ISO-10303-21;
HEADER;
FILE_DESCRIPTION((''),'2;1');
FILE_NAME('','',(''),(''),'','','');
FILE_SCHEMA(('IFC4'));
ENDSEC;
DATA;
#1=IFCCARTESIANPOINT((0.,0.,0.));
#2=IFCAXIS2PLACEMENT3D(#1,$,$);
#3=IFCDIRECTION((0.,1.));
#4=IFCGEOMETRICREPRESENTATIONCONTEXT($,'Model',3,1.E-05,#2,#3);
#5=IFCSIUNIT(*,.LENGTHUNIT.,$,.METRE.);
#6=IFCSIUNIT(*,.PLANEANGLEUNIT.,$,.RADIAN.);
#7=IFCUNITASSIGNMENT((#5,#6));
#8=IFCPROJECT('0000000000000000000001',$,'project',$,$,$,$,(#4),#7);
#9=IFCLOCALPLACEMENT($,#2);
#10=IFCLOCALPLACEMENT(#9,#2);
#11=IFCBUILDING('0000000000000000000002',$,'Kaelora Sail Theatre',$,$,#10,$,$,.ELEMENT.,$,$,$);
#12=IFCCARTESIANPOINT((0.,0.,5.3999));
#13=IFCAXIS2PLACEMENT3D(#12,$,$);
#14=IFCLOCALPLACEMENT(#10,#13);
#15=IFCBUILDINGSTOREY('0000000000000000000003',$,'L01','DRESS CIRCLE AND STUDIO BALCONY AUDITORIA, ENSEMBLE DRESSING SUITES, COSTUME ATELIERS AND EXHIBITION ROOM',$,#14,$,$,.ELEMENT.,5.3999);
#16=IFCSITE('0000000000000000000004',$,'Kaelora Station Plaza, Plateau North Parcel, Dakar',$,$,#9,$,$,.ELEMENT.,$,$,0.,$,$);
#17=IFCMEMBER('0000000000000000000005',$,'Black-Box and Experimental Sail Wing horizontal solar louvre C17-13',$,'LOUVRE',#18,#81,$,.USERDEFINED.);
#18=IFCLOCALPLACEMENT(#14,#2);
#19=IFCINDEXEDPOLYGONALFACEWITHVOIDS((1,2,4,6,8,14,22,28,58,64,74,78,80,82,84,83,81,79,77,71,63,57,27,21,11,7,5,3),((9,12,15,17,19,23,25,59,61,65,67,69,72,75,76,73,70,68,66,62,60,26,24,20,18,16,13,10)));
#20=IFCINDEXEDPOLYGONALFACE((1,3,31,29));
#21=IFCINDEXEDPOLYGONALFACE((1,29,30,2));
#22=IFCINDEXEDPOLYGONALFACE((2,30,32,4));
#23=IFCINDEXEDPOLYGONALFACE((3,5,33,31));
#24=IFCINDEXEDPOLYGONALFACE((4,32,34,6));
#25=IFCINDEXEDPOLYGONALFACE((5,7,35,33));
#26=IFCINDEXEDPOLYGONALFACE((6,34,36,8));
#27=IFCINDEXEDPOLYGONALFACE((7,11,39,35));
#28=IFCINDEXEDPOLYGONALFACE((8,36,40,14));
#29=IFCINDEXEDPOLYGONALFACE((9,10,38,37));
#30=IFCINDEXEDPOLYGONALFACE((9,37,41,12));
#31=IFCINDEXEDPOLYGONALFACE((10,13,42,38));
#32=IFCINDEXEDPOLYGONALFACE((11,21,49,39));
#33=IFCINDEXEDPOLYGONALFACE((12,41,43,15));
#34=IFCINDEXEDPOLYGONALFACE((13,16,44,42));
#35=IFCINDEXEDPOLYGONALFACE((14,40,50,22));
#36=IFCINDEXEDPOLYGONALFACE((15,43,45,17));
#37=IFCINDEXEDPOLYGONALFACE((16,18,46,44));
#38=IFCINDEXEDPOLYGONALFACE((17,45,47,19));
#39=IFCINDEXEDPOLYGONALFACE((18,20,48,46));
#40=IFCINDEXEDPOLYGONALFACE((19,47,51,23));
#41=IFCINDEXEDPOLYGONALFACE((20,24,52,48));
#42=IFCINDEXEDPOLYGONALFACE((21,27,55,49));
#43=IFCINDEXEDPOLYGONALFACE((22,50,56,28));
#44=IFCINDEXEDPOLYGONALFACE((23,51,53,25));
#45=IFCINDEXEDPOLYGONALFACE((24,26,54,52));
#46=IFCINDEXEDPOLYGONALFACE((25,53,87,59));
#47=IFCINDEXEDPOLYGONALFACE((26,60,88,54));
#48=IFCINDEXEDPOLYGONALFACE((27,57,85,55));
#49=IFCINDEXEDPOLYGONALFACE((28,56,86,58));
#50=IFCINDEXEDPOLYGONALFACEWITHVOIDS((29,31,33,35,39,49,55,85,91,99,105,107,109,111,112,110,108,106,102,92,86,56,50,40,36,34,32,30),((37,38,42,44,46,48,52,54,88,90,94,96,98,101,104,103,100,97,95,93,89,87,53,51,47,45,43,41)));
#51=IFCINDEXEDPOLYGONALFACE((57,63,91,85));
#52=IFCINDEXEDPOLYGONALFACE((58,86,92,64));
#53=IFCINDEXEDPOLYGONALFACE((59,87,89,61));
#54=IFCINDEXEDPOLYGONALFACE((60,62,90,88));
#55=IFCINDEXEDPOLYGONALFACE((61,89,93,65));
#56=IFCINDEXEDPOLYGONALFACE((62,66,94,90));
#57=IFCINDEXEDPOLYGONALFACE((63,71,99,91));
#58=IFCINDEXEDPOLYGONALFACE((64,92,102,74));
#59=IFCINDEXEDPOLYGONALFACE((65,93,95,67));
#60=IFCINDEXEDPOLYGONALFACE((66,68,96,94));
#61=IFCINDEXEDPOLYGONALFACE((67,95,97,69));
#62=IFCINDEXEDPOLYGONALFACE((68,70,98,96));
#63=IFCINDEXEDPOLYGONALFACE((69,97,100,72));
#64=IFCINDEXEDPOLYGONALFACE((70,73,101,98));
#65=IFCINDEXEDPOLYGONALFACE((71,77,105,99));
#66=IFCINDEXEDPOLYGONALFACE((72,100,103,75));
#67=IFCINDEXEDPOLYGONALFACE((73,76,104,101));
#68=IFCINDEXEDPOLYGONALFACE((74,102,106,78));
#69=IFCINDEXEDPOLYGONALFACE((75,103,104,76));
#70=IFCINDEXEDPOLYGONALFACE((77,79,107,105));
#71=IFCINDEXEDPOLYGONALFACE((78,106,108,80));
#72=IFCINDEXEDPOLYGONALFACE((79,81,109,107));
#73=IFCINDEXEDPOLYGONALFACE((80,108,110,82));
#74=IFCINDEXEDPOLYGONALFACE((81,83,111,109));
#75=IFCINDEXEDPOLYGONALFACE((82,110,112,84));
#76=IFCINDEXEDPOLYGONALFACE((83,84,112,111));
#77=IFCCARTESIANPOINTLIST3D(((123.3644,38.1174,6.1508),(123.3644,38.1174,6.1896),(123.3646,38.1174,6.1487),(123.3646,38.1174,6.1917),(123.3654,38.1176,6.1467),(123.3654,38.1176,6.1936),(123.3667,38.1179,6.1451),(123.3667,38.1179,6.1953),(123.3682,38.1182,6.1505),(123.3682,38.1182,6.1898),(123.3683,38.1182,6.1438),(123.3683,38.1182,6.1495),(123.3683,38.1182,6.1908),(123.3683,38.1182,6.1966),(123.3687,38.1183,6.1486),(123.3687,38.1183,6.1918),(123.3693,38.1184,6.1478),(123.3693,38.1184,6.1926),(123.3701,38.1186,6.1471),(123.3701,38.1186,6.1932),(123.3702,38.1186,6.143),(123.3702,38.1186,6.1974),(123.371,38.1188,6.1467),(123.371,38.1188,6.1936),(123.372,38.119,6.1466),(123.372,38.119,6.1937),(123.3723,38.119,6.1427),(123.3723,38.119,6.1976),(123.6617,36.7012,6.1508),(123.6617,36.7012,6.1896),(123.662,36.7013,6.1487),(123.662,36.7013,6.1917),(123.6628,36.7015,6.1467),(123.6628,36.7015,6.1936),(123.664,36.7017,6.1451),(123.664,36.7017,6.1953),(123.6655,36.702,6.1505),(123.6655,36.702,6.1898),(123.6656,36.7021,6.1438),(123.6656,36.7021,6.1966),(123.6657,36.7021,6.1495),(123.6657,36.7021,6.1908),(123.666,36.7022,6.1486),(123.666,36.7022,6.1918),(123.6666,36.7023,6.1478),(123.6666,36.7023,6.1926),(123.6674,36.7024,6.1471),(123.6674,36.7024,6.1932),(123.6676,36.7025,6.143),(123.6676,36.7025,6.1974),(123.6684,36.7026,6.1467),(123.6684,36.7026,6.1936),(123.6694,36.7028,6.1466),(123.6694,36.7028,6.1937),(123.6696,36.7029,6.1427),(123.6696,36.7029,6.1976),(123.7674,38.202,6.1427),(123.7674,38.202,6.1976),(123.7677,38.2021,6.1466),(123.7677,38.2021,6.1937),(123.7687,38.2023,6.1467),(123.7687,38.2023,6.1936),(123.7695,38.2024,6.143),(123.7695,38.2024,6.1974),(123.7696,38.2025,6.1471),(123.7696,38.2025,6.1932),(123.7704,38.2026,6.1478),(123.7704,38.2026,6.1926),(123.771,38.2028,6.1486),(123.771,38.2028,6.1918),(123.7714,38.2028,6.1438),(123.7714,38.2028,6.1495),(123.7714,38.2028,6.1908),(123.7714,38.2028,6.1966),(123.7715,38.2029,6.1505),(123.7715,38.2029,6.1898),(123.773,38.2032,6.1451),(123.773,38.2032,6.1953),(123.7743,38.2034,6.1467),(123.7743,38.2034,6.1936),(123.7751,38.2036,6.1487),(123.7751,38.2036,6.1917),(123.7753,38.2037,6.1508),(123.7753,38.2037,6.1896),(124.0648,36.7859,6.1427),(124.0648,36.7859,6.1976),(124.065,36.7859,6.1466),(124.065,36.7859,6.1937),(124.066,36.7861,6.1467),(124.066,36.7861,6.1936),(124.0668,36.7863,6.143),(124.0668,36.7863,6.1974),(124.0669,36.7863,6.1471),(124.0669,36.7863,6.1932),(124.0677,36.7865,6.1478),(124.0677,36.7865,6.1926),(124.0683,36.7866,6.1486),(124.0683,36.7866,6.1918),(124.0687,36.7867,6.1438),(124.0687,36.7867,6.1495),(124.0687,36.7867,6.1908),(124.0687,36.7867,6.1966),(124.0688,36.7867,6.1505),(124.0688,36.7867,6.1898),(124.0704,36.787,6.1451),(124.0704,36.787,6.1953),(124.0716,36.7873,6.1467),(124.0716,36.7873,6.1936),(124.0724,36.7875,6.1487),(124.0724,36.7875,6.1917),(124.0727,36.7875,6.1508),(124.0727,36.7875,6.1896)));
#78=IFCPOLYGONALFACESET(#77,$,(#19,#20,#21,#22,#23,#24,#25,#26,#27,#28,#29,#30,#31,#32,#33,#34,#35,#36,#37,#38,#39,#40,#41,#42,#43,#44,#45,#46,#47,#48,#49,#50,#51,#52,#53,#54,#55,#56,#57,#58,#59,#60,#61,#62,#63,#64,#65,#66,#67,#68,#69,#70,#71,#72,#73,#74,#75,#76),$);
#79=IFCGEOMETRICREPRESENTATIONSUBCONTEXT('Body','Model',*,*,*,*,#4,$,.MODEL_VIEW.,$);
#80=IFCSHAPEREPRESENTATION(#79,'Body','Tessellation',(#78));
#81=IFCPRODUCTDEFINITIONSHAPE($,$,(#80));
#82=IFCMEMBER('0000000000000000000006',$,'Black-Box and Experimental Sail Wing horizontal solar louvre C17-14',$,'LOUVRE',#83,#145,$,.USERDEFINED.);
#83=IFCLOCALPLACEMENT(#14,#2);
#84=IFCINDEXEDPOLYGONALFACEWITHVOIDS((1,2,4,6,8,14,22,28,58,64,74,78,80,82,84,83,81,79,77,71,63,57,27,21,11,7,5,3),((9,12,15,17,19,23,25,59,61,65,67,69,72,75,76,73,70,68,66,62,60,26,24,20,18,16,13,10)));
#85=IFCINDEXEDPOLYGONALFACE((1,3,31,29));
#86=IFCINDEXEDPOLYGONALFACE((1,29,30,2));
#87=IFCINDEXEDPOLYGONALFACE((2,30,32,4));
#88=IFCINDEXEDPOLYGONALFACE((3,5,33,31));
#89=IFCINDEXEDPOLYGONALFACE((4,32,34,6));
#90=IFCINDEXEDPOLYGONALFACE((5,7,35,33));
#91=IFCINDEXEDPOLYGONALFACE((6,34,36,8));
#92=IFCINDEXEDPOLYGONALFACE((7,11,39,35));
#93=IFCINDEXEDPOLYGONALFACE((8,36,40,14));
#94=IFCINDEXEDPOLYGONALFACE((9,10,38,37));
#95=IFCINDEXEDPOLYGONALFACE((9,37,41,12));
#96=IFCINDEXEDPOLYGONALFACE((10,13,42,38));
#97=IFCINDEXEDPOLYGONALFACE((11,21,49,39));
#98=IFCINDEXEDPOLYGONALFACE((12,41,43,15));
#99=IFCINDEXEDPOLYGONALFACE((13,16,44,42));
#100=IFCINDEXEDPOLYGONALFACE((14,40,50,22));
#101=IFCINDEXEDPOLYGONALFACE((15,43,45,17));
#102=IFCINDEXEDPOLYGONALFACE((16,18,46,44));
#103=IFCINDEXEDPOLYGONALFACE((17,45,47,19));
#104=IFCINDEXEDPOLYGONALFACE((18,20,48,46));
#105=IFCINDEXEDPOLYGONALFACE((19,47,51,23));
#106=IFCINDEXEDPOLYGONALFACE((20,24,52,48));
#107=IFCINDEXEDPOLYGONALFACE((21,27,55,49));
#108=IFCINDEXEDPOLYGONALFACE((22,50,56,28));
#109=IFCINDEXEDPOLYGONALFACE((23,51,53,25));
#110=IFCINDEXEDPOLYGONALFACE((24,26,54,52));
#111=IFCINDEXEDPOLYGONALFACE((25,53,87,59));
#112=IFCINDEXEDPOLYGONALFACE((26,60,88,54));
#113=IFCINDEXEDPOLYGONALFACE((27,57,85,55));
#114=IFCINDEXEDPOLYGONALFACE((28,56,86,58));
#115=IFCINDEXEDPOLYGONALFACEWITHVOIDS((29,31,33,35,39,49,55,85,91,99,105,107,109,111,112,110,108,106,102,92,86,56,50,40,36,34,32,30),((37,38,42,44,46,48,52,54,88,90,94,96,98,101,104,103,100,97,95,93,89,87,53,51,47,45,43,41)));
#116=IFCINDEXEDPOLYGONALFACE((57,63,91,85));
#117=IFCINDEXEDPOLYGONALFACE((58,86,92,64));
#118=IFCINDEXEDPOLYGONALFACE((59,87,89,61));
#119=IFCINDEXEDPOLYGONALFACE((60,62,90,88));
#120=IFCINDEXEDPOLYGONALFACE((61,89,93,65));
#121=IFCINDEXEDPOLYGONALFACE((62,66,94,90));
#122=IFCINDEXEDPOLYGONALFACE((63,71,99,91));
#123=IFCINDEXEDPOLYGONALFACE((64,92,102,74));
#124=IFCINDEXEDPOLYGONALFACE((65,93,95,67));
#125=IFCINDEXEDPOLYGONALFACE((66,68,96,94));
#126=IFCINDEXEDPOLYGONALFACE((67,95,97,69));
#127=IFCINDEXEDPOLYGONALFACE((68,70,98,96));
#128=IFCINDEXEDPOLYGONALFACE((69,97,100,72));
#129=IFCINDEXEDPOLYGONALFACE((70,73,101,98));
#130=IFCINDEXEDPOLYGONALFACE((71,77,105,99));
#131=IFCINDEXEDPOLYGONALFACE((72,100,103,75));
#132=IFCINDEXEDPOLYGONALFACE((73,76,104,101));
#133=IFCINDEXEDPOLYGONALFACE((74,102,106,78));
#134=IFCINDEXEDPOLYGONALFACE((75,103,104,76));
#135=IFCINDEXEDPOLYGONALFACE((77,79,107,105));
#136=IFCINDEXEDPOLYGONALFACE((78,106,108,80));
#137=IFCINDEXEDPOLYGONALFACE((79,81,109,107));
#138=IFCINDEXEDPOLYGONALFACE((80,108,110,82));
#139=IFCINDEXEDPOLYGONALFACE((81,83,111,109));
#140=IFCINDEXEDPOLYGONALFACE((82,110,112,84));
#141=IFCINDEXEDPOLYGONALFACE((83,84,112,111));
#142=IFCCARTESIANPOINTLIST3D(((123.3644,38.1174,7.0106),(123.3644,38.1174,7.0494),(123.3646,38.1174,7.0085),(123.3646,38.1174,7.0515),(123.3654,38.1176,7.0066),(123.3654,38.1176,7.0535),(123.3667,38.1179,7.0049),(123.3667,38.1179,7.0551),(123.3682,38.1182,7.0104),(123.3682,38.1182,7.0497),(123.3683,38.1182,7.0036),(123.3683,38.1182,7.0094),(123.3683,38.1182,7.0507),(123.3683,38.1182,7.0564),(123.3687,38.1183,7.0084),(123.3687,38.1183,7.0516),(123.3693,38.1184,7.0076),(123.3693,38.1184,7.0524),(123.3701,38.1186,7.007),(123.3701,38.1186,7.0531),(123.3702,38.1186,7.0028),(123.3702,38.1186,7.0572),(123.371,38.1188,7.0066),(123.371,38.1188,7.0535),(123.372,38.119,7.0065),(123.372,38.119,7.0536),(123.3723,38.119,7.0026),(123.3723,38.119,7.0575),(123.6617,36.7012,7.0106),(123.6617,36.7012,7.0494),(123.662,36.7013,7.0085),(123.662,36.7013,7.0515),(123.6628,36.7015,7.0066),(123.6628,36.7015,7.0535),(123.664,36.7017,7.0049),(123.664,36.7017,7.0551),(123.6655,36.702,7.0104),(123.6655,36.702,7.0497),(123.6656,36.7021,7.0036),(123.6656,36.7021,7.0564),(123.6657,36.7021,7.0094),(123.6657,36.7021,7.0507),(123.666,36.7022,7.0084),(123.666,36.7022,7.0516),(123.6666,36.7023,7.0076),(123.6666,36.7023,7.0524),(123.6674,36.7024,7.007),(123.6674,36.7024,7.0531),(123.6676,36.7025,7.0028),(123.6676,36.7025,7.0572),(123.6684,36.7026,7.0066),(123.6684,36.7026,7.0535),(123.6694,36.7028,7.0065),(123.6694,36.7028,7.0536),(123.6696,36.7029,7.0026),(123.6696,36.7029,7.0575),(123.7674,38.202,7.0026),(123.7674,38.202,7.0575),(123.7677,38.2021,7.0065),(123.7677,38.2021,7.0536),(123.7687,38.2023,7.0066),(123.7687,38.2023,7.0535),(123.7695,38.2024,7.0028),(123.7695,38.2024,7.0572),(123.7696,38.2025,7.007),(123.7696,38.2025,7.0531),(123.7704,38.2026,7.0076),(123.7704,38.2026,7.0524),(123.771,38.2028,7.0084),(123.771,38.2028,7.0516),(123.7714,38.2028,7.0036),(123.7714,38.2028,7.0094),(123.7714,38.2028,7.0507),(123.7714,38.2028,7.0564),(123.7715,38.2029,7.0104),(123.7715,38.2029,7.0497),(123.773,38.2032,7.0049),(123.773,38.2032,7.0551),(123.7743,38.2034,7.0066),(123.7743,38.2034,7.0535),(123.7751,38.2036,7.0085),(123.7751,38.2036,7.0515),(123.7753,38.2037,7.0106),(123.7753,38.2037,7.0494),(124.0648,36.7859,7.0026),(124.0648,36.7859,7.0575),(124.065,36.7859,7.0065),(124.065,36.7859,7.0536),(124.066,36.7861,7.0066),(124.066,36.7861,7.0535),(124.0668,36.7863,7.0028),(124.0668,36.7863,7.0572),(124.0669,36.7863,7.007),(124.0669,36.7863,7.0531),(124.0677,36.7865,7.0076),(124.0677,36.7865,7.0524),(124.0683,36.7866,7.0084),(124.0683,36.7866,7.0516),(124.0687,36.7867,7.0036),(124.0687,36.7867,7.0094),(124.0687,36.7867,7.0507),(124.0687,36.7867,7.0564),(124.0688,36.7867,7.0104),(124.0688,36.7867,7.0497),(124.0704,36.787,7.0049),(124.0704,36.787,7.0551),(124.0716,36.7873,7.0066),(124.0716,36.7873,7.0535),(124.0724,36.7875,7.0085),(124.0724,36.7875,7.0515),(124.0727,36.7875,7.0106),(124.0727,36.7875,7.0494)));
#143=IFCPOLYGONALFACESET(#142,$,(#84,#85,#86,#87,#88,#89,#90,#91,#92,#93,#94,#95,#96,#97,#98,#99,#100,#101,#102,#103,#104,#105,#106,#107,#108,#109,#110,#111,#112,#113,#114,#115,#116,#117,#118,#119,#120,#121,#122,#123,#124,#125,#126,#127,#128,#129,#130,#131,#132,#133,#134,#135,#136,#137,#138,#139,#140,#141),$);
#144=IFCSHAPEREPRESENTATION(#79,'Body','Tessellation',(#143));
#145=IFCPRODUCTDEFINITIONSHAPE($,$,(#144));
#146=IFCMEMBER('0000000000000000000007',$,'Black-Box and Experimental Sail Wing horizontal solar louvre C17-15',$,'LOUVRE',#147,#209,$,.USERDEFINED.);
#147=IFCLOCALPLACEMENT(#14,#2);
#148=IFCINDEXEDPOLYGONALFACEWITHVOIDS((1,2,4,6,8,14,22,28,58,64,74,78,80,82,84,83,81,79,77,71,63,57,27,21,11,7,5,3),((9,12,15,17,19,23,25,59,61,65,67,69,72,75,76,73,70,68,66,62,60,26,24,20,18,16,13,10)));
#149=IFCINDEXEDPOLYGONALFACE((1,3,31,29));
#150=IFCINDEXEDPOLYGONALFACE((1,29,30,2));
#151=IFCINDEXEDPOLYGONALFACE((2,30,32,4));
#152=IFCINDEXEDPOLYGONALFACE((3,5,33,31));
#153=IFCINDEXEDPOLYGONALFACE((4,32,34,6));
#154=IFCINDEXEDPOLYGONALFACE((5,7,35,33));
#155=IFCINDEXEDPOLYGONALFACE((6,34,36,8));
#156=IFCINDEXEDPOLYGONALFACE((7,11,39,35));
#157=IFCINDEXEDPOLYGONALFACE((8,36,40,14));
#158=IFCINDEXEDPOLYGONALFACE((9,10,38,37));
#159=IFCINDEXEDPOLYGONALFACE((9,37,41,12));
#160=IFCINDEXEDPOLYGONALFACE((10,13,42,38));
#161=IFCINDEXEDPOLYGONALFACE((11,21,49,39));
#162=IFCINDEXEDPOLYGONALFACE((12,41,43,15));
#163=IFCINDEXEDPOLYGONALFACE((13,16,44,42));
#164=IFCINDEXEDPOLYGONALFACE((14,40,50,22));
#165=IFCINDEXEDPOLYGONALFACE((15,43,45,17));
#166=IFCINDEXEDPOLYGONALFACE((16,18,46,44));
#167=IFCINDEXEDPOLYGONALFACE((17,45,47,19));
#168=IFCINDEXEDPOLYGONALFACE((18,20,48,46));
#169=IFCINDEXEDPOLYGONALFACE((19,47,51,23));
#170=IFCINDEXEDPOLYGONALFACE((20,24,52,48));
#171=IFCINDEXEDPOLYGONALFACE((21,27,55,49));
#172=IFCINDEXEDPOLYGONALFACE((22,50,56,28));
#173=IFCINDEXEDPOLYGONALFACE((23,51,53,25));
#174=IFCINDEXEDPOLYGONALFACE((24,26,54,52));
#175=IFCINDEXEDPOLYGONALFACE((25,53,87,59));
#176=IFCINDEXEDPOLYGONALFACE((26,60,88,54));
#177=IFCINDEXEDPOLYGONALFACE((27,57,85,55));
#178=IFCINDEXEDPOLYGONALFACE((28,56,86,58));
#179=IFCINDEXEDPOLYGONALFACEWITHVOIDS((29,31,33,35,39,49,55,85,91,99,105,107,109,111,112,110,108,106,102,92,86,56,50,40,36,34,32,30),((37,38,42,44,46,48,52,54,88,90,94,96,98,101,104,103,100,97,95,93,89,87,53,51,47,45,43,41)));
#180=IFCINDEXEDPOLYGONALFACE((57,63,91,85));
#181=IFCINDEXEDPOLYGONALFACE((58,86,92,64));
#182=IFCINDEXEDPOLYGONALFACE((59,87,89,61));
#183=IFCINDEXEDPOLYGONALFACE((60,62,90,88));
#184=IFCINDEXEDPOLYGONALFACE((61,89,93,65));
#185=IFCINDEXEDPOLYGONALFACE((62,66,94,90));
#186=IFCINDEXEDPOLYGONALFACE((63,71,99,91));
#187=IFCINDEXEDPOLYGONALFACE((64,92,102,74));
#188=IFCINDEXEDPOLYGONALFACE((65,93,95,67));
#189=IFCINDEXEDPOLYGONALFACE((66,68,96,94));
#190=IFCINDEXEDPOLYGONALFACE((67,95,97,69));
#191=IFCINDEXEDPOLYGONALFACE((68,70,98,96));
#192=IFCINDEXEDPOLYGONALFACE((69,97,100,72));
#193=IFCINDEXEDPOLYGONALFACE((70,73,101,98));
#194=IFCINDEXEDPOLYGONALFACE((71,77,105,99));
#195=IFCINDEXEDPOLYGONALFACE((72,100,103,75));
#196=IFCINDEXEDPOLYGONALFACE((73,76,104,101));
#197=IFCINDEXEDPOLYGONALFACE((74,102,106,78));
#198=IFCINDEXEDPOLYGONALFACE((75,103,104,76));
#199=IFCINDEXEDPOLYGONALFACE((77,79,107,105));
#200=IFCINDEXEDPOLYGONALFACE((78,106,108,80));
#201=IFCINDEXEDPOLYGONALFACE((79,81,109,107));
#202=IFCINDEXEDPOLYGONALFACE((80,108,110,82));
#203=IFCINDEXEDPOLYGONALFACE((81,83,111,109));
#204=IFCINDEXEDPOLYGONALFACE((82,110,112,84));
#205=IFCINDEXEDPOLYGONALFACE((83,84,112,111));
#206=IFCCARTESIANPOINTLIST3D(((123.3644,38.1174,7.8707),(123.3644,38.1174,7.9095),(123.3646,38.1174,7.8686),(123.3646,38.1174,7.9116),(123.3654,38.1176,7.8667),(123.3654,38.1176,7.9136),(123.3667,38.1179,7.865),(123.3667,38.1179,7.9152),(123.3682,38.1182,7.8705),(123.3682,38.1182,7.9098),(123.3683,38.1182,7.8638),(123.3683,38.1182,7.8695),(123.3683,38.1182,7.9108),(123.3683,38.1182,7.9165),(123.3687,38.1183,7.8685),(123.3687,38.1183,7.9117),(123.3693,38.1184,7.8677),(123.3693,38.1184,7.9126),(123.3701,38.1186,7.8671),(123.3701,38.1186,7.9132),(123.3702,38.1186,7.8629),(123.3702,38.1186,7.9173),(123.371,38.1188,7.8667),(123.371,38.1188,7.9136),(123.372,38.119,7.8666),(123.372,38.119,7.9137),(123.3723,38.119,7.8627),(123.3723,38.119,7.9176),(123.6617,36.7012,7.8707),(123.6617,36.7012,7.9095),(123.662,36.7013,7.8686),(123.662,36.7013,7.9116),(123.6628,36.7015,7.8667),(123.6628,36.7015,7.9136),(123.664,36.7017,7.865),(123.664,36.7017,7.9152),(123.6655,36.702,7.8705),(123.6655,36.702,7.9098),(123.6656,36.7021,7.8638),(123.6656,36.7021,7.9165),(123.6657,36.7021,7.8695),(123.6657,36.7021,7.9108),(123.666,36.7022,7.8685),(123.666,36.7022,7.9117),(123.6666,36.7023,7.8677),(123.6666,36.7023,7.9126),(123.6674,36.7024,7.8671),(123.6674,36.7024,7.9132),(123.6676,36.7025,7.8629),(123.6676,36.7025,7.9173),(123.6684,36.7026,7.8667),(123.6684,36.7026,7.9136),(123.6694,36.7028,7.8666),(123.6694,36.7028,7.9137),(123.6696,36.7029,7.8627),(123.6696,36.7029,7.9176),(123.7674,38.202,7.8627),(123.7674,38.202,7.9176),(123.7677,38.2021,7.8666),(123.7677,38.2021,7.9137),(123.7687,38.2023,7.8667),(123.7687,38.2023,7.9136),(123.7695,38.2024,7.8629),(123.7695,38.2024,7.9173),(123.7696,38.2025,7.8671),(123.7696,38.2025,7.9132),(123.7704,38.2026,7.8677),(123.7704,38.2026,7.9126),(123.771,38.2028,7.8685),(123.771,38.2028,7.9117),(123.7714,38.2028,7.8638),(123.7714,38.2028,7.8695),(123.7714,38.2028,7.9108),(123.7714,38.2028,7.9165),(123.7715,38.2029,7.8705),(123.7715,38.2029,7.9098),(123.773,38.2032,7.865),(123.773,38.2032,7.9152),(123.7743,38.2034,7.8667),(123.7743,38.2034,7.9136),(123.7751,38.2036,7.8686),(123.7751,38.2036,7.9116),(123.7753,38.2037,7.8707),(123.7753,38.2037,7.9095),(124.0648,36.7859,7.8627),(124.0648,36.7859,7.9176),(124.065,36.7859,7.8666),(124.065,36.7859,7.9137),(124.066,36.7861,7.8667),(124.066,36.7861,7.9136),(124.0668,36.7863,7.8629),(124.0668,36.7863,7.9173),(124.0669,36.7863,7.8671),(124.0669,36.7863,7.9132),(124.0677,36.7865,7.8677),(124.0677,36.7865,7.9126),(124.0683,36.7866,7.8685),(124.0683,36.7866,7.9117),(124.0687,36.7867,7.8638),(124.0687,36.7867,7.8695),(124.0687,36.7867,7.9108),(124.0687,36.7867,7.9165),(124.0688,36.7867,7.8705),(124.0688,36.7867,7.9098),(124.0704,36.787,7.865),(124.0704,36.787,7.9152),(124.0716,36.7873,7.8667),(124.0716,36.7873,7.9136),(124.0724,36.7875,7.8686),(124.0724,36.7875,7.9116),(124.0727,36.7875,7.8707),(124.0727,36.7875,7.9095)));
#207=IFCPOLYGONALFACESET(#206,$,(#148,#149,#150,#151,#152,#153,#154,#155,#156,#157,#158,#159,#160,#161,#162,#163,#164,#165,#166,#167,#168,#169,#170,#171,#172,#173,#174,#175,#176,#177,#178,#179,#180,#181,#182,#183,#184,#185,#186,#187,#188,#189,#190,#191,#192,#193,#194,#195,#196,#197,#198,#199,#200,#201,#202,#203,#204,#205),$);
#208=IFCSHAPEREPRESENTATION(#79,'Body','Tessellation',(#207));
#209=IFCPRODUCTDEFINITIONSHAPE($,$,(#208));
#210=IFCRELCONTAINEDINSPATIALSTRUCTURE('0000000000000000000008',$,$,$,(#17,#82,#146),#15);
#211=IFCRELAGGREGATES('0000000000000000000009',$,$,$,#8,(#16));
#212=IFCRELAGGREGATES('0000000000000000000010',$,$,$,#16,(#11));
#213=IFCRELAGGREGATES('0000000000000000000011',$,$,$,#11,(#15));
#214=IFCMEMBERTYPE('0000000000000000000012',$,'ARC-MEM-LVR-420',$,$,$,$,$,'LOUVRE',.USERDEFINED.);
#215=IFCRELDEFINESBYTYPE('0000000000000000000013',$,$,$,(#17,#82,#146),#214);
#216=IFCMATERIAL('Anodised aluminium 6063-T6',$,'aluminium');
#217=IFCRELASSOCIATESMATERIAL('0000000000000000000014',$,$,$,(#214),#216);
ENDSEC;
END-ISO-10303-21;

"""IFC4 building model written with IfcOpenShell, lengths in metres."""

from ifc_helpers import new_model, si_unit, direction, frame, origin, origin_2d, place, context, subcontext, project, spatial, hollow_rectangle, extrude, material, material_profile, profile_set, type_object, element, save


model = new_model("IFC4")

# Units and contexts
model_context = context("Model", 3, precision=1e-05, world=origin(), true_north=direction((0.0, 1.0)))
body_context = subcontext(model_context, "Body", "Model", "MODEL_VIEW")
ifc_project = project(units=[si_unit("LENGTHUNIT", "METRE"), si_unit("PLANEANGLEUNIT", "RADIAN")], contexts=[model_context])

# Site, building, storey
site_placement = place(None, origin())
site = spatial("IfcSite", under=ifc_project, at=site_placement, Name="Kaelora Station Plaza, Plateau North Parcel, Dakar", CompositionType="ELEMENT", RefElevation=0.0)
building_placement = place(site_placement, origin())
building = spatial("IfcBuilding", under=site, at=building_placement, Name="Kaelora Sail Theatre", CompositionType="ELEMENT")
storey_placement = place(building_placement, frame((0.0, 0.0, 5.3999)))
storey = spatial("IfcBuildingStorey", under=building, at=storey_placement, Name="L01", Description="DRESS CIRCLE AND STUDIO BALCONY AUDITORIA, ENSEMBLE DRESSING SUITES, COSTUME ATELIERS AND EXHIBITION ROOM", CompositionType="ELEMENT", Elevation=5.3999)

# Members
ifc_material_1 = material(Name="Anodised aluminium 6063-T6", Category="aluminium")
ifc_material_profile_1 = material_profile(ifc_material_1, hollow_rectangle(XDim=0.4199, YDim=0.0549, WallThickness=0.0039, InnerFilletRadius=0.0039, OuterFilletRadius=0.0081, at=origin_2d()), Name="LOUVRE 420x55x4")
ifc_profile_set_1 = profile_set([ifc_material_profile_1], Name="Anodised aluminium 6063-T6")
member_type = type_object("IfcMemberType", Name="ARC-MEM-LVR-420", ElementType="LOUVRE", PredefinedType="USERDEFINED", material=ifc_profile_set_1)
for number, where, z_axis, x_axis, name in (
    (1, (123.8672, 36.7444, 6.1702), (-0.205483, 0.978661, 0.0), (-0.978661, -0.205483, 0.0), "Black-Box and Experimental Sail Wing horizontal solar louvre C17-13"),
    (2, (123.8672, 36.7444, 7.03), (-0.205483, 0.978661, 0.0), (-0.978661, -0.205483, 0.0), "Black-Box and Experimental Sail Wing horizontal solar louvre C17-14"),
    (3, (123.8672, 36.7444, 7.8901), (-0.205483, 0.978661, 0.0), (-0.978661, -0.205483, 0.0), "Black-Box and Experimental Sail Wing horizontal solar louvre C17-15"),
):
    element("IfcMember", number, at=place(storey_placement, frame(where, z_axis=z_axis, x_axis=x_axis)), inside=storey, type_object=member_type, Name=name, ObjectType="LOUVRE", PredefinedType="USERDEFINED", context=body_context, shape_type="SweptSolid", body=[
        extrude(hollow_rectangle(XDim=0.4199, YDim=0.0549, WallThickness=0.0039, InnerFilletRadius=0.0039, OuterFilletRadius=0.0081, at=origin_2d()), origin(), (0.0, 0.0, 1.0), 1.447),
    ])

save(model, "model.ifc")
